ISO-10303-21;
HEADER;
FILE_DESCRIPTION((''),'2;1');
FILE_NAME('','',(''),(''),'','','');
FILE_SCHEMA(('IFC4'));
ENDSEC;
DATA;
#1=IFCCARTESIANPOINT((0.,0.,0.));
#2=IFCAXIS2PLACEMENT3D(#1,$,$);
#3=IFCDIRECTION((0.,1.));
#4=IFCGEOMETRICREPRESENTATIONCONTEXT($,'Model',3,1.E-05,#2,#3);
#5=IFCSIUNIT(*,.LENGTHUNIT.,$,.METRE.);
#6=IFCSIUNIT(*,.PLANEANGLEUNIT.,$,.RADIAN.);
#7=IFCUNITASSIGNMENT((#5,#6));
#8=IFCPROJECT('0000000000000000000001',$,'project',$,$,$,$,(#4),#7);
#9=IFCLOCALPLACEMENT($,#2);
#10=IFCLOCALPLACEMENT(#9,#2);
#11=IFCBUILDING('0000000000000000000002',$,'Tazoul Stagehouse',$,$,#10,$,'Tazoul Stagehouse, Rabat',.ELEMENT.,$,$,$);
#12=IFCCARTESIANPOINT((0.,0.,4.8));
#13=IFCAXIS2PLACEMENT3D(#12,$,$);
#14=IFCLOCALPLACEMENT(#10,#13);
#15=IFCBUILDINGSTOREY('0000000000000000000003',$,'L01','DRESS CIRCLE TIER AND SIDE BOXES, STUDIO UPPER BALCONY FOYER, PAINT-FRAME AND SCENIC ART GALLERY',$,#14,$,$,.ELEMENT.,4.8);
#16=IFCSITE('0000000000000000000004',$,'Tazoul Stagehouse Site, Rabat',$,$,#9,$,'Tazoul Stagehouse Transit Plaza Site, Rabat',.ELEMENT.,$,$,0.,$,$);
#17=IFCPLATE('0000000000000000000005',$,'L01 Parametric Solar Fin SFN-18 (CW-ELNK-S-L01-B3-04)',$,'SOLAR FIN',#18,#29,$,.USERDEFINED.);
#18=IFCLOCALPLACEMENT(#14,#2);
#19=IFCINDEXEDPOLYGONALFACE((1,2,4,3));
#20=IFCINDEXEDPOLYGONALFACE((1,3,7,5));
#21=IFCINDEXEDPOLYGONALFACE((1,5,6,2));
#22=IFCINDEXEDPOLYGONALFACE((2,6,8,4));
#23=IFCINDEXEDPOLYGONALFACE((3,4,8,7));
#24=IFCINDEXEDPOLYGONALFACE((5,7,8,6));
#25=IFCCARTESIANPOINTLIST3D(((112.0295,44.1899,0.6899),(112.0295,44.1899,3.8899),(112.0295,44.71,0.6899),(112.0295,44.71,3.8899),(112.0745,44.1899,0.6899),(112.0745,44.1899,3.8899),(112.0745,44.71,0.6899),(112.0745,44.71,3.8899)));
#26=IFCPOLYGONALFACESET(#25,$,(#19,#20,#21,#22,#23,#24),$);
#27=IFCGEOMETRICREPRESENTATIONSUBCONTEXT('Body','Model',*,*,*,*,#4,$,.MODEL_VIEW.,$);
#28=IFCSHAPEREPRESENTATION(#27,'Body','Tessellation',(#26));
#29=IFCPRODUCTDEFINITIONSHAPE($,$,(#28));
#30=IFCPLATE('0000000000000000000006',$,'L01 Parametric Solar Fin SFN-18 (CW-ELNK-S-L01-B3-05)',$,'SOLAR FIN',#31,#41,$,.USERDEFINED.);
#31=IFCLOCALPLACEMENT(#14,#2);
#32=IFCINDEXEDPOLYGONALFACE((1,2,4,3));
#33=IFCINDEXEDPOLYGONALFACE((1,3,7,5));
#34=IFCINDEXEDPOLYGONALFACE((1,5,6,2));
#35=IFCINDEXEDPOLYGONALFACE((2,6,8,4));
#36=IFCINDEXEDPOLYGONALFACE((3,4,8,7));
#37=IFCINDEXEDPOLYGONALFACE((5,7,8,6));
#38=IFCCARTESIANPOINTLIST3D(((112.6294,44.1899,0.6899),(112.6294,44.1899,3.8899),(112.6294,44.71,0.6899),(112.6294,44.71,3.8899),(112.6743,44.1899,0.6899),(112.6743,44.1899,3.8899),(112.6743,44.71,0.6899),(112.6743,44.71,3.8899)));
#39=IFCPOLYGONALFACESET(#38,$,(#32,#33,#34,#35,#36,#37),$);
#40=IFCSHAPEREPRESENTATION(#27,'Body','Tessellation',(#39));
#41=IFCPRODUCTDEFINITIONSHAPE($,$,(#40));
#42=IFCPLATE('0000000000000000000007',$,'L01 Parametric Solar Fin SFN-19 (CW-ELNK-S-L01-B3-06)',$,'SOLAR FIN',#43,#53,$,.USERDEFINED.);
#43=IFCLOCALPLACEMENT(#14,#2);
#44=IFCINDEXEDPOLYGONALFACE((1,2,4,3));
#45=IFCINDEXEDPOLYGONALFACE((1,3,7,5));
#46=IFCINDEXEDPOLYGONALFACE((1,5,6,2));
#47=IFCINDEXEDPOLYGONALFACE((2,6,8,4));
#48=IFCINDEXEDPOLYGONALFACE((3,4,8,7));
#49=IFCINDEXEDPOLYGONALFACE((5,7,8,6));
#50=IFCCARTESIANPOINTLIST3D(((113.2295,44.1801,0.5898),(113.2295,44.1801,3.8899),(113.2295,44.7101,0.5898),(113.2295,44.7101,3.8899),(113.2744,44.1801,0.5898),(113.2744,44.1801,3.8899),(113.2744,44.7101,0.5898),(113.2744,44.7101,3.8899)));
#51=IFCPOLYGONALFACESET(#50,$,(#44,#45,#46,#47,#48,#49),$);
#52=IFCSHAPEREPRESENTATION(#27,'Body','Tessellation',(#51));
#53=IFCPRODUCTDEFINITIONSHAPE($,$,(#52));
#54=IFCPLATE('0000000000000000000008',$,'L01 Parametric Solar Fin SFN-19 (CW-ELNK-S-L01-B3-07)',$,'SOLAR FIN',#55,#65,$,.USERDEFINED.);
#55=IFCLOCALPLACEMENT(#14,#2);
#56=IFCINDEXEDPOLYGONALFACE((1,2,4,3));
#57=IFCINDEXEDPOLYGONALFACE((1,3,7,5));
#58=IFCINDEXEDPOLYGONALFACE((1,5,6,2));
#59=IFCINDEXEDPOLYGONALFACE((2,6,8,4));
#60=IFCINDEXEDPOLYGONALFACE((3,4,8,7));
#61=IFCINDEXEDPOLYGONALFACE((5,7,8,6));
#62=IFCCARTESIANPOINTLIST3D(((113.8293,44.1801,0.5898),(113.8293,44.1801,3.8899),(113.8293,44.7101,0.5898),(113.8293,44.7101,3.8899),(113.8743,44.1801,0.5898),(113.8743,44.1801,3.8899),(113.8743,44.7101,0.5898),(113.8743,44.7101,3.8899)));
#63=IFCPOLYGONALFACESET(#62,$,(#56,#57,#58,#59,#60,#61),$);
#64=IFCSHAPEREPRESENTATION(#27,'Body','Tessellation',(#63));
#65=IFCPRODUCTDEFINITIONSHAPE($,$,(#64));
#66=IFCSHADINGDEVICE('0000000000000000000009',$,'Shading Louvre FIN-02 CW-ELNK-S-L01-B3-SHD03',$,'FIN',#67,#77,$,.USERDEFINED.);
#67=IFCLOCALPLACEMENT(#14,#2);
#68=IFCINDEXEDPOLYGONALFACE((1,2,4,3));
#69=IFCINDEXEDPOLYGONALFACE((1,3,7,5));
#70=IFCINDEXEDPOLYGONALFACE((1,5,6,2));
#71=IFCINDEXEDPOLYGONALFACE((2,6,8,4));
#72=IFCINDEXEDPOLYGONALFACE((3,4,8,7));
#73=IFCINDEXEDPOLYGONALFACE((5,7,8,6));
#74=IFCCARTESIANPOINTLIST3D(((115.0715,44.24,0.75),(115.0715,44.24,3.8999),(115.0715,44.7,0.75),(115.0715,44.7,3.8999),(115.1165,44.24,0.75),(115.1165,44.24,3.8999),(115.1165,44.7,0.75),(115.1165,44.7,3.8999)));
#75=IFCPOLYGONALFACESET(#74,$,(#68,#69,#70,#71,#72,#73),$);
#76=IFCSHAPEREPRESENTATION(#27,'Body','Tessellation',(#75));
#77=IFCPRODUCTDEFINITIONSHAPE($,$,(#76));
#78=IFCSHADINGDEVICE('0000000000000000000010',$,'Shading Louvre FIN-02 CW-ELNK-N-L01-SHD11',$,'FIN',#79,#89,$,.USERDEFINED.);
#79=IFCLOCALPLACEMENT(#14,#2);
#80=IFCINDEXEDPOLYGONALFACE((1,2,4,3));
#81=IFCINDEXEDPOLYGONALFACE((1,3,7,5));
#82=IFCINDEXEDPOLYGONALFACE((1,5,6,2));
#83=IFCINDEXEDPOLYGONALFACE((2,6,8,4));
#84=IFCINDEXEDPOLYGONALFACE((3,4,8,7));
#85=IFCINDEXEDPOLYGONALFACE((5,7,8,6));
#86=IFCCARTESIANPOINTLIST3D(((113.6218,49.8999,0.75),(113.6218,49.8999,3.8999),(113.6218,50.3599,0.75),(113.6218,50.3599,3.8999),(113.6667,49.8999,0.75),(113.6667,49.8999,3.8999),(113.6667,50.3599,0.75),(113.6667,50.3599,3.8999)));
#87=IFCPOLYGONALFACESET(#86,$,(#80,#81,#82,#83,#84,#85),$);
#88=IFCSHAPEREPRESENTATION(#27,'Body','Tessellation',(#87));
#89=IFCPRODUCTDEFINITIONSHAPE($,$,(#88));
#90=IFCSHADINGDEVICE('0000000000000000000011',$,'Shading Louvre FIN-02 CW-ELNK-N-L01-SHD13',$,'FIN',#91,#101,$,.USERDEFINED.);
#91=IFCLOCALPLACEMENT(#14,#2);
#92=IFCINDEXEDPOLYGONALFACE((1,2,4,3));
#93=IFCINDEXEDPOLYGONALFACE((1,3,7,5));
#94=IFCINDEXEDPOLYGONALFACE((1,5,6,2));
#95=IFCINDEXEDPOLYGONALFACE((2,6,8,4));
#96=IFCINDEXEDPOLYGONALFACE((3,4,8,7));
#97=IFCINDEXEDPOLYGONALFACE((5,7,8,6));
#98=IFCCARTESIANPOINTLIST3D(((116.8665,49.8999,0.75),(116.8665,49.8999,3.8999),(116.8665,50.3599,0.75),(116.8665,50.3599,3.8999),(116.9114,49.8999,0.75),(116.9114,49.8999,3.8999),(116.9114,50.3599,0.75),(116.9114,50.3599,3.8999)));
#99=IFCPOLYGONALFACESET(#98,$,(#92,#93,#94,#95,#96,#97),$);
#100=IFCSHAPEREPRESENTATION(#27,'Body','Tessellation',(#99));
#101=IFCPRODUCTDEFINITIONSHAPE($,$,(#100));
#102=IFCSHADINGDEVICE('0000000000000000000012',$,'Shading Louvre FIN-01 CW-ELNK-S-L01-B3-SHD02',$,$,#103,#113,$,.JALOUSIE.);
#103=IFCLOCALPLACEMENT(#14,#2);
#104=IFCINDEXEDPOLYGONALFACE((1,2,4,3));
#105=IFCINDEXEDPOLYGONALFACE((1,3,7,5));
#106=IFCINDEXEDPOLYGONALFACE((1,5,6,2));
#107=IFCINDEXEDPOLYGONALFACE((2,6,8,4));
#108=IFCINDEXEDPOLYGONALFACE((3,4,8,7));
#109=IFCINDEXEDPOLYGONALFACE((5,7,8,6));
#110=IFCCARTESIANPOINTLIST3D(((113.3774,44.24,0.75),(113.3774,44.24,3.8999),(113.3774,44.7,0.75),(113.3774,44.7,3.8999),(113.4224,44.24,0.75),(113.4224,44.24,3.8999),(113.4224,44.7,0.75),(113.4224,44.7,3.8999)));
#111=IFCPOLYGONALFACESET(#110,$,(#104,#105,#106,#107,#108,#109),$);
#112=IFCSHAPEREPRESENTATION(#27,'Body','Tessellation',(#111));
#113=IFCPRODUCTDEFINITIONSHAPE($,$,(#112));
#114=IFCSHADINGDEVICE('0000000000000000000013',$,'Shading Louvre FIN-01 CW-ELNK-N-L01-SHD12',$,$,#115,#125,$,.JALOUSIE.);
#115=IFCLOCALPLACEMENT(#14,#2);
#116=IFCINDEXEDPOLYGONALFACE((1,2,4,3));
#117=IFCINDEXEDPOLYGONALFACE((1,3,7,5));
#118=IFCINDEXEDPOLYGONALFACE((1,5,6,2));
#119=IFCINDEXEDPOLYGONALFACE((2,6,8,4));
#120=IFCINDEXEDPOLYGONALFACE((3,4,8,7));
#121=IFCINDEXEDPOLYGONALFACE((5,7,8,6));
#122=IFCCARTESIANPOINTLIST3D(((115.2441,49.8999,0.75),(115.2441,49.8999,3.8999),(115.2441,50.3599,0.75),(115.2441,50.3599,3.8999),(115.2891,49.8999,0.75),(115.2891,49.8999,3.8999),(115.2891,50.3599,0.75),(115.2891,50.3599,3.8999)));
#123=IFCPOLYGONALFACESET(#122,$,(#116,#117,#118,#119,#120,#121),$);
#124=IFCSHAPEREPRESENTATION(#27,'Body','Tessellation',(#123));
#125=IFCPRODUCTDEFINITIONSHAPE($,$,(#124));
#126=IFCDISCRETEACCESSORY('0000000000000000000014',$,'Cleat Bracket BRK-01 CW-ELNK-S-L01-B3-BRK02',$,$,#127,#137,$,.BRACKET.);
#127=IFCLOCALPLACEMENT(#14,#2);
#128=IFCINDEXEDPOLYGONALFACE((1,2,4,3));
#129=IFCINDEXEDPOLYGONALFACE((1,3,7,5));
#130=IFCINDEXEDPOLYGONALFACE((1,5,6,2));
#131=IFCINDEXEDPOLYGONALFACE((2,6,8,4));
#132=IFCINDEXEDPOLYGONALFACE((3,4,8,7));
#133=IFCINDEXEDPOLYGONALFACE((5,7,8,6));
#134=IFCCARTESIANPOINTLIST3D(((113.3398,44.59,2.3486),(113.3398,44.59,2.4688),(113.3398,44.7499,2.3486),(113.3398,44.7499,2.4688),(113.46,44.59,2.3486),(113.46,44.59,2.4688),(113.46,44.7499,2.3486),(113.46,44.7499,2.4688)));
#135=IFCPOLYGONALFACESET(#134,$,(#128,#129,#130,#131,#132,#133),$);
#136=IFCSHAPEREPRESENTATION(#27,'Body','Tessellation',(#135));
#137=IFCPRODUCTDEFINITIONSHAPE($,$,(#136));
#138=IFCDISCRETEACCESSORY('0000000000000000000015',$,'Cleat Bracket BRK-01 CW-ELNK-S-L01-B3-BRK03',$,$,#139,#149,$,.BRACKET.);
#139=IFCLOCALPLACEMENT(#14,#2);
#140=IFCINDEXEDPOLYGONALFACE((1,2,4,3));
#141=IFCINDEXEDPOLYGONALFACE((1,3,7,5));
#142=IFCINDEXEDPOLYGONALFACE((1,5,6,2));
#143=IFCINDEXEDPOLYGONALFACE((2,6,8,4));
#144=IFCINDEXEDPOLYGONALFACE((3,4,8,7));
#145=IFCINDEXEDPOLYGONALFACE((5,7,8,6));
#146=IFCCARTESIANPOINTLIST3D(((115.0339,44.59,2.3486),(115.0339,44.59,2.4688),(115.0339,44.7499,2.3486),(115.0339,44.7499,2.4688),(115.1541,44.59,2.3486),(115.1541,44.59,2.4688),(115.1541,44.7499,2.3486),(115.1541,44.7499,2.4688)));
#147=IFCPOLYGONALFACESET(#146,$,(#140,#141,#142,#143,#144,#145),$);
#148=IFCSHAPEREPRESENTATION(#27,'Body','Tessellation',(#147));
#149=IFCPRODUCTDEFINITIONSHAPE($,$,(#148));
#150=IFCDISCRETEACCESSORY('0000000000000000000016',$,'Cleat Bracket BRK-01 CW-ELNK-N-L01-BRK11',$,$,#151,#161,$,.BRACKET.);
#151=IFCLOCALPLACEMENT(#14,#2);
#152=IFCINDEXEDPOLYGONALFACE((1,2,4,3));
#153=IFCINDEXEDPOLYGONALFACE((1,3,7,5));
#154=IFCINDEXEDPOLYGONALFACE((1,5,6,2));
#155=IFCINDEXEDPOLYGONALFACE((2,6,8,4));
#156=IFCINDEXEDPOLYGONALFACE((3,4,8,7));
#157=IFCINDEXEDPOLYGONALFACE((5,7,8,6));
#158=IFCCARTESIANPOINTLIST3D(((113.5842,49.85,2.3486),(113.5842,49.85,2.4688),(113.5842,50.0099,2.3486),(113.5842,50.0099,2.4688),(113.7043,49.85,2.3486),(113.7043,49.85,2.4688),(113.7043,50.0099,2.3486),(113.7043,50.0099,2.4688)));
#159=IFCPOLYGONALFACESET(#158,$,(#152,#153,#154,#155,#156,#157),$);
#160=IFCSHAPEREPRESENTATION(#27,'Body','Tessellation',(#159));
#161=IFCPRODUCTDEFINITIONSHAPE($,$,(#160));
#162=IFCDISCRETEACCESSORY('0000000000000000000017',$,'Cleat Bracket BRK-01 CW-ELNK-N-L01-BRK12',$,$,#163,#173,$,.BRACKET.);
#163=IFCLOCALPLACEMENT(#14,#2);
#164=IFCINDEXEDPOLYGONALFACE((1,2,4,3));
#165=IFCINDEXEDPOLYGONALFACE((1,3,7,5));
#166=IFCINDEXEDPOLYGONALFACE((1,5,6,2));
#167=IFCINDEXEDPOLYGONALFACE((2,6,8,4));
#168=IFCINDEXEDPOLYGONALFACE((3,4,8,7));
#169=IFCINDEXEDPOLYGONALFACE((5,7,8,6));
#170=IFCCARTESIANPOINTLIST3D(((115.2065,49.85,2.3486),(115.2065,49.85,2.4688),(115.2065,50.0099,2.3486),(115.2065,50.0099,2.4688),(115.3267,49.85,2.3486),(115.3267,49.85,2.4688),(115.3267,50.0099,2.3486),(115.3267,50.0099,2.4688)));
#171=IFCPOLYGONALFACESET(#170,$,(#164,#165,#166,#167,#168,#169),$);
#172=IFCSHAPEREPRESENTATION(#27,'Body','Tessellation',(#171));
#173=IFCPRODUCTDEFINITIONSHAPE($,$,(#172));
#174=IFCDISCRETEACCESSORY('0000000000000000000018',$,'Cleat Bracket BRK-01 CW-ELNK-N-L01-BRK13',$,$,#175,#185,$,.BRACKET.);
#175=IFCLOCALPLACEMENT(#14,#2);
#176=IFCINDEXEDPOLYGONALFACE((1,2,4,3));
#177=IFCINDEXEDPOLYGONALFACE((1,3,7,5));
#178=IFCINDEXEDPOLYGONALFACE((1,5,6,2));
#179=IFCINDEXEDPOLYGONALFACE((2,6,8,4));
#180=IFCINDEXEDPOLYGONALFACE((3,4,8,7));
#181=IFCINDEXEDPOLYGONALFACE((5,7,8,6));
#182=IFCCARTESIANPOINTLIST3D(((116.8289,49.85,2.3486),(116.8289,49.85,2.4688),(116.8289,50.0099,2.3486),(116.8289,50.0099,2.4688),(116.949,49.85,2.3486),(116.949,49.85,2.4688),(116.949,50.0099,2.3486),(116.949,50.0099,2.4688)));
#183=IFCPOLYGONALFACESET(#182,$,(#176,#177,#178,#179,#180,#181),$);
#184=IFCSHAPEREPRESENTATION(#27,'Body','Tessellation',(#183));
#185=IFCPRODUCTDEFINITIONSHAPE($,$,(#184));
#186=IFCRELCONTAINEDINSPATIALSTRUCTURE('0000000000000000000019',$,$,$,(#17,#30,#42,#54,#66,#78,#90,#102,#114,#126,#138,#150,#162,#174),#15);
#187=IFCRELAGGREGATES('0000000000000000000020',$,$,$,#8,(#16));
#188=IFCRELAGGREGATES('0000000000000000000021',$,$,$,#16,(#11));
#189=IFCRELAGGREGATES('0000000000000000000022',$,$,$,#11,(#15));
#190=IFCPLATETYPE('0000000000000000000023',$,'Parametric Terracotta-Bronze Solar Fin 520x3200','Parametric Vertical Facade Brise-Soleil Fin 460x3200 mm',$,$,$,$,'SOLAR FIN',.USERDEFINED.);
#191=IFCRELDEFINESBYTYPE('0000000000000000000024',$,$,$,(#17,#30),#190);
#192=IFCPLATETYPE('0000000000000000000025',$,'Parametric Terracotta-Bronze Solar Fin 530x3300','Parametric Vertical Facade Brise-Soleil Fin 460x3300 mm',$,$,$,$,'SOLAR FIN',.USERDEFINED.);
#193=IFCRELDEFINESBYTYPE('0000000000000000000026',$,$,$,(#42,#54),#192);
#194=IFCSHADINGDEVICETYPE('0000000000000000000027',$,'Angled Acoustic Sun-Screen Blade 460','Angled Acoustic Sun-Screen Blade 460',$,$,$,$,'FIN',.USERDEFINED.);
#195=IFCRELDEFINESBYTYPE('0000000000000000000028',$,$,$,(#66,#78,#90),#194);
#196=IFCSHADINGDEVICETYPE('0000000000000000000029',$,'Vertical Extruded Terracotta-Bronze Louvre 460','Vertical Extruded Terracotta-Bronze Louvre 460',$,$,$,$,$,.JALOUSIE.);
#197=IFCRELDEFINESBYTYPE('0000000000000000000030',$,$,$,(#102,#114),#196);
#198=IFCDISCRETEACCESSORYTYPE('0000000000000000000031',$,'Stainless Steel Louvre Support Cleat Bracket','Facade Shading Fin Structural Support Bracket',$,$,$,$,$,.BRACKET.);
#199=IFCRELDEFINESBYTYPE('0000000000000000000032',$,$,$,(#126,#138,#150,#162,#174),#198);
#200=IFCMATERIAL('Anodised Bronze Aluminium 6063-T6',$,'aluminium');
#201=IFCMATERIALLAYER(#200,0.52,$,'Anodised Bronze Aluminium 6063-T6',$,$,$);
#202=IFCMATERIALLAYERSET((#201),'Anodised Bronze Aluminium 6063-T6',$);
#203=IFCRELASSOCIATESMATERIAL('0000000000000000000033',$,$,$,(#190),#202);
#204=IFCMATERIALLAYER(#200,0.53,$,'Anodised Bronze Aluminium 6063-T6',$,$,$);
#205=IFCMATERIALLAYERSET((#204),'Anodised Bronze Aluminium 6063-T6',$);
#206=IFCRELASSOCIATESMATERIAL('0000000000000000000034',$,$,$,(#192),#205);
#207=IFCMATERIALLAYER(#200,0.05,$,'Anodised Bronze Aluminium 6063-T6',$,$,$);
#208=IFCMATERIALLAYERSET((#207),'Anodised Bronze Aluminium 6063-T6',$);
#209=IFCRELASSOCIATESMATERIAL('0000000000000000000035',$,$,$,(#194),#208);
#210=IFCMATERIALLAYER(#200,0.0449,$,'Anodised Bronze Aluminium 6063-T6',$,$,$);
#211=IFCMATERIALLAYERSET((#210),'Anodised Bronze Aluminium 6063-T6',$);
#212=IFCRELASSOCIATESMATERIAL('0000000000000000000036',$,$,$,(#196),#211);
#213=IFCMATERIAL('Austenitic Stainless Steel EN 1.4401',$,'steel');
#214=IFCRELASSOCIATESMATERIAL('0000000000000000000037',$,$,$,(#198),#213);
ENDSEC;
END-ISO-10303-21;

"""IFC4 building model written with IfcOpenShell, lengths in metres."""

from ifc_helpers import new_model, si_unit, direction, frame, origin, origin_2d, place, context, subcontext, project, spatial, rectangle, extrude, material, layer, layer_set, type_object, element, save


model = new_model("IFC4")

# Units and contexts
model_context = context("Model", 3, precision=1e-05, world=origin(), true_north=direction((0.0, 1.0)))
body_context = subcontext(model_context, "Body", "Model", "MODEL_VIEW")
ifc_project = project(units=[si_unit("LENGTHUNIT", "METRE"), si_unit("PLANEANGLEUNIT", "RADIAN")], contexts=[model_context])

# Site, building, storey
site_placement = place(None, origin())
site = spatial("IfcSite", under=ifc_project, at=site_placement, Name="Tazoul Stagehouse Site, Rabat", LongName="Tazoul Stagehouse Transit Plaza Site, Rabat", CompositionType="ELEMENT", RefElevation=0.0)
building_placement = place(site_placement, origin())
building = spatial("IfcBuilding", under=site, at=building_placement, Name="Tazoul Stagehouse", LongName="Tazoul Stagehouse, Rabat", CompositionType="ELEMENT")
storey_placement = place(building_placement, frame((0.0, 0.0, 4.8)))
storey = spatial("IfcBuildingStorey", under=building, at=storey_placement, Name="L01", Description="DRESS CIRCLE TIER AND SIDE BOXES, STUDIO UPPER BALCONY FOYER, PAINT-FRAME AND SCENIC ART GALLERY", CompositionType="ELEMENT", Elevation=4.8)

# Plates
ifc_material_1 = material(Name="Anodised Bronze Aluminium 6063-T6", Category="aluminium")
ifc_layer_1 = layer(ifc_material_1, 0.52, Name="Anodised Bronze Aluminium 6063-T6")
ifc_layer_set_1 = layer_set([ifc_layer_1], Name="Anodised Bronze Aluminium 6063-T6")
plate_type_1 = type_object("IfcPlateType", Name="Parametric Terracotta-Bronze Solar Fin 520x3200", Description="Parametric Vertical Facade Brise-Soleil Fin 460x3200 mm", ElementType="SOLAR FIN", PredefinedType="USERDEFINED", material=ifc_layer_set_1)
for number, where, z_axis, x_axis, name in (
    (1, (112.052, 44.45, 0.6899), (0.0, 0.0, 1.0), (1.0, 0.0, 0.0), "L01 Parametric Solar Fin SFN-18 (CW-ELNK-S-L01-B3-04)"),
    (2, (112.6519, 44.45, 0.6899), (0.0, 0.0, 1.0), (1.0, 0.0, 0.0), "L01 Parametric Solar Fin SFN-18 (CW-ELNK-S-L01-B3-05)"),
):
    element("IfcPlate", number, at=place(storey_placement, frame(where, z_axis=z_axis, x_axis=x_axis)), inside=storey, type_object=plate_type_1, Name=name, ObjectType="SOLAR FIN", PredefinedType="USERDEFINED", context=body_context, shape_type="SweptSolid", body=[
        extrude(rectangle(XDim=0.0449, YDim=0.52, at=origin_2d()), origin(), (0.0, 0.0, 1.0), 3.2),
    ])
ifc_layer_2 = layer(ifc_material_1, 0.53, Name="Anodised Bronze Aluminium 6063-T6")
ifc_layer_set_2 = layer_set([ifc_layer_2], Name="Anodised Bronze Aluminium 6063-T6")
plate_type_2 = type_object("IfcPlateType", Name="Parametric Terracotta-Bronze Solar Fin 530x3300", Description="Parametric Vertical Facade Brise-Soleil Fin 460x3300 mm", ElementType="SOLAR FIN", PredefinedType="USERDEFINED", material=ifc_layer_set_2)
for number, where, z_axis, x_axis, name in (
    (3, (113.252, 44.4451, 0.5898), (0.0, 0.0, 1.0), (1.0, 0.0, 0.0), "L01 Parametric Solar Fin SFN-19 (CW-ELNK-S-L01-B3-06)"),
    (4, (113.8518, 44.4451, 0.5898), (0.0, 0.0, 1.0), (1.0, 0.0, 0.0), "L01 Parametric Solar Fin SFN-19 (CW-ELNK-S-L01-B3-07)"),
):
    element("IfcPlate", number, at=place(storey_placement, frame(where, z_axis=z_axis, x_axis=x_axis)), inside=storey, type_object=plate_type_2, Name=name, ObjectType="SOLAR FIN", PredefinedType="USERDEFINED", context=body_context, shape_type="SweptSolid", body=[
        extrude(rectangle(XDim=0.0449, YDim=0.53, at=origin_2d()), origin(), (0.0, 0.0, 1.0), 3.3),
    ])

# Shading devices
ifc_layer_3 = layer(ifc_material_1, 0.05, Name="Anodised Bronze Aluminium 6063-T6")
ifc_layer_set_3 = layer_set([ifc_layer_3], Name="Anodised Bronze Aluminium 6063-T6")
shading_device_type_1 = type_object("IfcShadingDeviceType", Name="Angled Acoustic Sun-Screen Blade 460", Description="Angled Acoustic Sun-Screen Blade 460", ElementType="FIN", PredefinedType="USERDEFINED", material=ifc_layer_set_3)
for number, where, z_axis, x_axis, name in (
    (5, (115.094, 44.47, 0.75), (0.0, 0.0, 1.0), (1.0, 0.0, 0.0), "Shading Louvre FIN-02 CW-ELNK-S-L01-B3-SHD03"),
    (6, (113.6443, 50.1299, 0.75), (0.0, 0.0, 1.0), (1.0, 0.0, 0.0), "Shading Louvre FIN-02 CW-ELNK-N-L01-SHD11"),
    (7, (116.8889, 50.1299, 0.75), (0.0, 0.0, 1.0), (1.0, 0.0, 0.0), "Shading Louvre FIN-02 CW-ELNK-N-L01-SHD13"),
):
    element("IfcShadingDevice", number, at=place(storey_placement, frame(where, z_axis=z_axis, x_axis=x_axis)), inside=storey, type_object=shading_device_type_1, Name=name, ObjectType="FIN", PredefinedType="USERDEFINED", context=body_context, shape_type="SweptSolid", body=[
        extrude(rectangle(XDim=0.0449, YDim=0.46, at=origin_2d()), origin(), (0.0, 0.0, 1.0), 3.1499),
    ])
ifc_layer_4 = layer(ifc_material_1, 0.0449, Name="Anodised Bronze Aluminium 6063-T6")
ifc_layer_set_4 = layer_set([ifc_layer_4], Name="Anodised Bronze Aluminium 6063-T6")
shading_device_type_2 = type_object("IfcShadingDeviceType", Name="Vertical Extruded Terracotta-Bronze Louvre 460", Description="Vertical Extruded Terracotta-Bronze Louvre 460", PredefinedType="JALOUSIE", material=ifc_layer_set_4)
for number, where, z_axis, x_axis, name in (
    (8, (113.3999, 44.47, 0.75), (0.0, 0.0, 1.0), (1.0, 0.0, 0.0), "Shading Louvre FIN-01 CW-ELNK-S-L01-B3-SHD02"),
    (9, (115.2666, 50.1299, 0.75), (0.0, 0.0, 1.0), (1.0, 0.0, 0.0), "Shading Louvre FIN-01 CW-ELNK-N-L01-SHD12"),
):
    element("IfcShadingDevice", number, at=place(storey_placement, frame(where, z_axis=z_axis, x_axis=x_axis)), inside=storey, type_object=shading_device_type_2, Name=name, PredefinedType="JALOUSIE", context=body_context, shape_type="SweptSolid", body=[
        extrude(rectangle(XDim=0.0449, YDim=0.46, at=origin_2d()), origin(), (0.0, 0.0, 1.0), 3.1499),
    ])

# Discrete accessories
ifc_material_2 = material(Name="Austenitic Stainless Steel EN 1.4401", Category="steel")
discrete_accessory_type = type_object("IfcDiscreteAccessoryType", Name="Stainless Steel Louvre Support Cleat Bracket", Description="Facade Shading Fin Structural Support Bracket", PredefinedType="BRACKET", material=ifc_material_2)
for number, where, z_axis, x_axis, name in (
    (10, (113.3999, 44.6699, 2.3486), (0.0, 0.0, 1.0), (1.0, 0.0, 0.0), "Cleat Bracket BRK-01 CW-ELNK-S-L01-B3-BRK02"),
    (11, (115.094, 44.6699, 2.3486), (0.0, 0.0, 1.0), (1.0, 0.0, 0.0), "Cleat Bracket BRK-01 CW-ELNK-S-L01-B3-BRK03"),
    (12, (113.6443, 49.9299, 2.3486), (0.0, 0.0, 1.0), (1.0, 0.0, 0.0), "Cleat Bracket BRK-01 CW-ELNK-N-L01-BRK11"),
    (13, (115.2666, 49.9299, 2.3486), (0.0, 0.0, 1.0), (1.0, 0.0, 0.0), "Cleat Bracket BRK-01 CW-ELNK-N-L01-BRK12"),
    (14, (116.8889, 49.9299, 2.3486), (0.0, 0.0, 1.0), (1.0, 0.0, 0.0), "Cleat Bracket BRK-01 CW-ELNK-N-L01-BRK13"),
):
    element("IfcDiscreteAccessory", number, at=place(storey_placement, frame(where, z_axis=z_axis, x_axis=x_axis)), inside=storey, type_object=discrete_accessory_type, Name=name, PredefinedType="BRACKET", context=body_context, shape_type="SweptSolid", body=[
        extrude(rectangle(XDim=0.1201, YDim=0.1599, at=origin_2d()), origin(), (0.0, 0.0, 1.0), 0.1201),
    ])

save(model, "model.ifc")
